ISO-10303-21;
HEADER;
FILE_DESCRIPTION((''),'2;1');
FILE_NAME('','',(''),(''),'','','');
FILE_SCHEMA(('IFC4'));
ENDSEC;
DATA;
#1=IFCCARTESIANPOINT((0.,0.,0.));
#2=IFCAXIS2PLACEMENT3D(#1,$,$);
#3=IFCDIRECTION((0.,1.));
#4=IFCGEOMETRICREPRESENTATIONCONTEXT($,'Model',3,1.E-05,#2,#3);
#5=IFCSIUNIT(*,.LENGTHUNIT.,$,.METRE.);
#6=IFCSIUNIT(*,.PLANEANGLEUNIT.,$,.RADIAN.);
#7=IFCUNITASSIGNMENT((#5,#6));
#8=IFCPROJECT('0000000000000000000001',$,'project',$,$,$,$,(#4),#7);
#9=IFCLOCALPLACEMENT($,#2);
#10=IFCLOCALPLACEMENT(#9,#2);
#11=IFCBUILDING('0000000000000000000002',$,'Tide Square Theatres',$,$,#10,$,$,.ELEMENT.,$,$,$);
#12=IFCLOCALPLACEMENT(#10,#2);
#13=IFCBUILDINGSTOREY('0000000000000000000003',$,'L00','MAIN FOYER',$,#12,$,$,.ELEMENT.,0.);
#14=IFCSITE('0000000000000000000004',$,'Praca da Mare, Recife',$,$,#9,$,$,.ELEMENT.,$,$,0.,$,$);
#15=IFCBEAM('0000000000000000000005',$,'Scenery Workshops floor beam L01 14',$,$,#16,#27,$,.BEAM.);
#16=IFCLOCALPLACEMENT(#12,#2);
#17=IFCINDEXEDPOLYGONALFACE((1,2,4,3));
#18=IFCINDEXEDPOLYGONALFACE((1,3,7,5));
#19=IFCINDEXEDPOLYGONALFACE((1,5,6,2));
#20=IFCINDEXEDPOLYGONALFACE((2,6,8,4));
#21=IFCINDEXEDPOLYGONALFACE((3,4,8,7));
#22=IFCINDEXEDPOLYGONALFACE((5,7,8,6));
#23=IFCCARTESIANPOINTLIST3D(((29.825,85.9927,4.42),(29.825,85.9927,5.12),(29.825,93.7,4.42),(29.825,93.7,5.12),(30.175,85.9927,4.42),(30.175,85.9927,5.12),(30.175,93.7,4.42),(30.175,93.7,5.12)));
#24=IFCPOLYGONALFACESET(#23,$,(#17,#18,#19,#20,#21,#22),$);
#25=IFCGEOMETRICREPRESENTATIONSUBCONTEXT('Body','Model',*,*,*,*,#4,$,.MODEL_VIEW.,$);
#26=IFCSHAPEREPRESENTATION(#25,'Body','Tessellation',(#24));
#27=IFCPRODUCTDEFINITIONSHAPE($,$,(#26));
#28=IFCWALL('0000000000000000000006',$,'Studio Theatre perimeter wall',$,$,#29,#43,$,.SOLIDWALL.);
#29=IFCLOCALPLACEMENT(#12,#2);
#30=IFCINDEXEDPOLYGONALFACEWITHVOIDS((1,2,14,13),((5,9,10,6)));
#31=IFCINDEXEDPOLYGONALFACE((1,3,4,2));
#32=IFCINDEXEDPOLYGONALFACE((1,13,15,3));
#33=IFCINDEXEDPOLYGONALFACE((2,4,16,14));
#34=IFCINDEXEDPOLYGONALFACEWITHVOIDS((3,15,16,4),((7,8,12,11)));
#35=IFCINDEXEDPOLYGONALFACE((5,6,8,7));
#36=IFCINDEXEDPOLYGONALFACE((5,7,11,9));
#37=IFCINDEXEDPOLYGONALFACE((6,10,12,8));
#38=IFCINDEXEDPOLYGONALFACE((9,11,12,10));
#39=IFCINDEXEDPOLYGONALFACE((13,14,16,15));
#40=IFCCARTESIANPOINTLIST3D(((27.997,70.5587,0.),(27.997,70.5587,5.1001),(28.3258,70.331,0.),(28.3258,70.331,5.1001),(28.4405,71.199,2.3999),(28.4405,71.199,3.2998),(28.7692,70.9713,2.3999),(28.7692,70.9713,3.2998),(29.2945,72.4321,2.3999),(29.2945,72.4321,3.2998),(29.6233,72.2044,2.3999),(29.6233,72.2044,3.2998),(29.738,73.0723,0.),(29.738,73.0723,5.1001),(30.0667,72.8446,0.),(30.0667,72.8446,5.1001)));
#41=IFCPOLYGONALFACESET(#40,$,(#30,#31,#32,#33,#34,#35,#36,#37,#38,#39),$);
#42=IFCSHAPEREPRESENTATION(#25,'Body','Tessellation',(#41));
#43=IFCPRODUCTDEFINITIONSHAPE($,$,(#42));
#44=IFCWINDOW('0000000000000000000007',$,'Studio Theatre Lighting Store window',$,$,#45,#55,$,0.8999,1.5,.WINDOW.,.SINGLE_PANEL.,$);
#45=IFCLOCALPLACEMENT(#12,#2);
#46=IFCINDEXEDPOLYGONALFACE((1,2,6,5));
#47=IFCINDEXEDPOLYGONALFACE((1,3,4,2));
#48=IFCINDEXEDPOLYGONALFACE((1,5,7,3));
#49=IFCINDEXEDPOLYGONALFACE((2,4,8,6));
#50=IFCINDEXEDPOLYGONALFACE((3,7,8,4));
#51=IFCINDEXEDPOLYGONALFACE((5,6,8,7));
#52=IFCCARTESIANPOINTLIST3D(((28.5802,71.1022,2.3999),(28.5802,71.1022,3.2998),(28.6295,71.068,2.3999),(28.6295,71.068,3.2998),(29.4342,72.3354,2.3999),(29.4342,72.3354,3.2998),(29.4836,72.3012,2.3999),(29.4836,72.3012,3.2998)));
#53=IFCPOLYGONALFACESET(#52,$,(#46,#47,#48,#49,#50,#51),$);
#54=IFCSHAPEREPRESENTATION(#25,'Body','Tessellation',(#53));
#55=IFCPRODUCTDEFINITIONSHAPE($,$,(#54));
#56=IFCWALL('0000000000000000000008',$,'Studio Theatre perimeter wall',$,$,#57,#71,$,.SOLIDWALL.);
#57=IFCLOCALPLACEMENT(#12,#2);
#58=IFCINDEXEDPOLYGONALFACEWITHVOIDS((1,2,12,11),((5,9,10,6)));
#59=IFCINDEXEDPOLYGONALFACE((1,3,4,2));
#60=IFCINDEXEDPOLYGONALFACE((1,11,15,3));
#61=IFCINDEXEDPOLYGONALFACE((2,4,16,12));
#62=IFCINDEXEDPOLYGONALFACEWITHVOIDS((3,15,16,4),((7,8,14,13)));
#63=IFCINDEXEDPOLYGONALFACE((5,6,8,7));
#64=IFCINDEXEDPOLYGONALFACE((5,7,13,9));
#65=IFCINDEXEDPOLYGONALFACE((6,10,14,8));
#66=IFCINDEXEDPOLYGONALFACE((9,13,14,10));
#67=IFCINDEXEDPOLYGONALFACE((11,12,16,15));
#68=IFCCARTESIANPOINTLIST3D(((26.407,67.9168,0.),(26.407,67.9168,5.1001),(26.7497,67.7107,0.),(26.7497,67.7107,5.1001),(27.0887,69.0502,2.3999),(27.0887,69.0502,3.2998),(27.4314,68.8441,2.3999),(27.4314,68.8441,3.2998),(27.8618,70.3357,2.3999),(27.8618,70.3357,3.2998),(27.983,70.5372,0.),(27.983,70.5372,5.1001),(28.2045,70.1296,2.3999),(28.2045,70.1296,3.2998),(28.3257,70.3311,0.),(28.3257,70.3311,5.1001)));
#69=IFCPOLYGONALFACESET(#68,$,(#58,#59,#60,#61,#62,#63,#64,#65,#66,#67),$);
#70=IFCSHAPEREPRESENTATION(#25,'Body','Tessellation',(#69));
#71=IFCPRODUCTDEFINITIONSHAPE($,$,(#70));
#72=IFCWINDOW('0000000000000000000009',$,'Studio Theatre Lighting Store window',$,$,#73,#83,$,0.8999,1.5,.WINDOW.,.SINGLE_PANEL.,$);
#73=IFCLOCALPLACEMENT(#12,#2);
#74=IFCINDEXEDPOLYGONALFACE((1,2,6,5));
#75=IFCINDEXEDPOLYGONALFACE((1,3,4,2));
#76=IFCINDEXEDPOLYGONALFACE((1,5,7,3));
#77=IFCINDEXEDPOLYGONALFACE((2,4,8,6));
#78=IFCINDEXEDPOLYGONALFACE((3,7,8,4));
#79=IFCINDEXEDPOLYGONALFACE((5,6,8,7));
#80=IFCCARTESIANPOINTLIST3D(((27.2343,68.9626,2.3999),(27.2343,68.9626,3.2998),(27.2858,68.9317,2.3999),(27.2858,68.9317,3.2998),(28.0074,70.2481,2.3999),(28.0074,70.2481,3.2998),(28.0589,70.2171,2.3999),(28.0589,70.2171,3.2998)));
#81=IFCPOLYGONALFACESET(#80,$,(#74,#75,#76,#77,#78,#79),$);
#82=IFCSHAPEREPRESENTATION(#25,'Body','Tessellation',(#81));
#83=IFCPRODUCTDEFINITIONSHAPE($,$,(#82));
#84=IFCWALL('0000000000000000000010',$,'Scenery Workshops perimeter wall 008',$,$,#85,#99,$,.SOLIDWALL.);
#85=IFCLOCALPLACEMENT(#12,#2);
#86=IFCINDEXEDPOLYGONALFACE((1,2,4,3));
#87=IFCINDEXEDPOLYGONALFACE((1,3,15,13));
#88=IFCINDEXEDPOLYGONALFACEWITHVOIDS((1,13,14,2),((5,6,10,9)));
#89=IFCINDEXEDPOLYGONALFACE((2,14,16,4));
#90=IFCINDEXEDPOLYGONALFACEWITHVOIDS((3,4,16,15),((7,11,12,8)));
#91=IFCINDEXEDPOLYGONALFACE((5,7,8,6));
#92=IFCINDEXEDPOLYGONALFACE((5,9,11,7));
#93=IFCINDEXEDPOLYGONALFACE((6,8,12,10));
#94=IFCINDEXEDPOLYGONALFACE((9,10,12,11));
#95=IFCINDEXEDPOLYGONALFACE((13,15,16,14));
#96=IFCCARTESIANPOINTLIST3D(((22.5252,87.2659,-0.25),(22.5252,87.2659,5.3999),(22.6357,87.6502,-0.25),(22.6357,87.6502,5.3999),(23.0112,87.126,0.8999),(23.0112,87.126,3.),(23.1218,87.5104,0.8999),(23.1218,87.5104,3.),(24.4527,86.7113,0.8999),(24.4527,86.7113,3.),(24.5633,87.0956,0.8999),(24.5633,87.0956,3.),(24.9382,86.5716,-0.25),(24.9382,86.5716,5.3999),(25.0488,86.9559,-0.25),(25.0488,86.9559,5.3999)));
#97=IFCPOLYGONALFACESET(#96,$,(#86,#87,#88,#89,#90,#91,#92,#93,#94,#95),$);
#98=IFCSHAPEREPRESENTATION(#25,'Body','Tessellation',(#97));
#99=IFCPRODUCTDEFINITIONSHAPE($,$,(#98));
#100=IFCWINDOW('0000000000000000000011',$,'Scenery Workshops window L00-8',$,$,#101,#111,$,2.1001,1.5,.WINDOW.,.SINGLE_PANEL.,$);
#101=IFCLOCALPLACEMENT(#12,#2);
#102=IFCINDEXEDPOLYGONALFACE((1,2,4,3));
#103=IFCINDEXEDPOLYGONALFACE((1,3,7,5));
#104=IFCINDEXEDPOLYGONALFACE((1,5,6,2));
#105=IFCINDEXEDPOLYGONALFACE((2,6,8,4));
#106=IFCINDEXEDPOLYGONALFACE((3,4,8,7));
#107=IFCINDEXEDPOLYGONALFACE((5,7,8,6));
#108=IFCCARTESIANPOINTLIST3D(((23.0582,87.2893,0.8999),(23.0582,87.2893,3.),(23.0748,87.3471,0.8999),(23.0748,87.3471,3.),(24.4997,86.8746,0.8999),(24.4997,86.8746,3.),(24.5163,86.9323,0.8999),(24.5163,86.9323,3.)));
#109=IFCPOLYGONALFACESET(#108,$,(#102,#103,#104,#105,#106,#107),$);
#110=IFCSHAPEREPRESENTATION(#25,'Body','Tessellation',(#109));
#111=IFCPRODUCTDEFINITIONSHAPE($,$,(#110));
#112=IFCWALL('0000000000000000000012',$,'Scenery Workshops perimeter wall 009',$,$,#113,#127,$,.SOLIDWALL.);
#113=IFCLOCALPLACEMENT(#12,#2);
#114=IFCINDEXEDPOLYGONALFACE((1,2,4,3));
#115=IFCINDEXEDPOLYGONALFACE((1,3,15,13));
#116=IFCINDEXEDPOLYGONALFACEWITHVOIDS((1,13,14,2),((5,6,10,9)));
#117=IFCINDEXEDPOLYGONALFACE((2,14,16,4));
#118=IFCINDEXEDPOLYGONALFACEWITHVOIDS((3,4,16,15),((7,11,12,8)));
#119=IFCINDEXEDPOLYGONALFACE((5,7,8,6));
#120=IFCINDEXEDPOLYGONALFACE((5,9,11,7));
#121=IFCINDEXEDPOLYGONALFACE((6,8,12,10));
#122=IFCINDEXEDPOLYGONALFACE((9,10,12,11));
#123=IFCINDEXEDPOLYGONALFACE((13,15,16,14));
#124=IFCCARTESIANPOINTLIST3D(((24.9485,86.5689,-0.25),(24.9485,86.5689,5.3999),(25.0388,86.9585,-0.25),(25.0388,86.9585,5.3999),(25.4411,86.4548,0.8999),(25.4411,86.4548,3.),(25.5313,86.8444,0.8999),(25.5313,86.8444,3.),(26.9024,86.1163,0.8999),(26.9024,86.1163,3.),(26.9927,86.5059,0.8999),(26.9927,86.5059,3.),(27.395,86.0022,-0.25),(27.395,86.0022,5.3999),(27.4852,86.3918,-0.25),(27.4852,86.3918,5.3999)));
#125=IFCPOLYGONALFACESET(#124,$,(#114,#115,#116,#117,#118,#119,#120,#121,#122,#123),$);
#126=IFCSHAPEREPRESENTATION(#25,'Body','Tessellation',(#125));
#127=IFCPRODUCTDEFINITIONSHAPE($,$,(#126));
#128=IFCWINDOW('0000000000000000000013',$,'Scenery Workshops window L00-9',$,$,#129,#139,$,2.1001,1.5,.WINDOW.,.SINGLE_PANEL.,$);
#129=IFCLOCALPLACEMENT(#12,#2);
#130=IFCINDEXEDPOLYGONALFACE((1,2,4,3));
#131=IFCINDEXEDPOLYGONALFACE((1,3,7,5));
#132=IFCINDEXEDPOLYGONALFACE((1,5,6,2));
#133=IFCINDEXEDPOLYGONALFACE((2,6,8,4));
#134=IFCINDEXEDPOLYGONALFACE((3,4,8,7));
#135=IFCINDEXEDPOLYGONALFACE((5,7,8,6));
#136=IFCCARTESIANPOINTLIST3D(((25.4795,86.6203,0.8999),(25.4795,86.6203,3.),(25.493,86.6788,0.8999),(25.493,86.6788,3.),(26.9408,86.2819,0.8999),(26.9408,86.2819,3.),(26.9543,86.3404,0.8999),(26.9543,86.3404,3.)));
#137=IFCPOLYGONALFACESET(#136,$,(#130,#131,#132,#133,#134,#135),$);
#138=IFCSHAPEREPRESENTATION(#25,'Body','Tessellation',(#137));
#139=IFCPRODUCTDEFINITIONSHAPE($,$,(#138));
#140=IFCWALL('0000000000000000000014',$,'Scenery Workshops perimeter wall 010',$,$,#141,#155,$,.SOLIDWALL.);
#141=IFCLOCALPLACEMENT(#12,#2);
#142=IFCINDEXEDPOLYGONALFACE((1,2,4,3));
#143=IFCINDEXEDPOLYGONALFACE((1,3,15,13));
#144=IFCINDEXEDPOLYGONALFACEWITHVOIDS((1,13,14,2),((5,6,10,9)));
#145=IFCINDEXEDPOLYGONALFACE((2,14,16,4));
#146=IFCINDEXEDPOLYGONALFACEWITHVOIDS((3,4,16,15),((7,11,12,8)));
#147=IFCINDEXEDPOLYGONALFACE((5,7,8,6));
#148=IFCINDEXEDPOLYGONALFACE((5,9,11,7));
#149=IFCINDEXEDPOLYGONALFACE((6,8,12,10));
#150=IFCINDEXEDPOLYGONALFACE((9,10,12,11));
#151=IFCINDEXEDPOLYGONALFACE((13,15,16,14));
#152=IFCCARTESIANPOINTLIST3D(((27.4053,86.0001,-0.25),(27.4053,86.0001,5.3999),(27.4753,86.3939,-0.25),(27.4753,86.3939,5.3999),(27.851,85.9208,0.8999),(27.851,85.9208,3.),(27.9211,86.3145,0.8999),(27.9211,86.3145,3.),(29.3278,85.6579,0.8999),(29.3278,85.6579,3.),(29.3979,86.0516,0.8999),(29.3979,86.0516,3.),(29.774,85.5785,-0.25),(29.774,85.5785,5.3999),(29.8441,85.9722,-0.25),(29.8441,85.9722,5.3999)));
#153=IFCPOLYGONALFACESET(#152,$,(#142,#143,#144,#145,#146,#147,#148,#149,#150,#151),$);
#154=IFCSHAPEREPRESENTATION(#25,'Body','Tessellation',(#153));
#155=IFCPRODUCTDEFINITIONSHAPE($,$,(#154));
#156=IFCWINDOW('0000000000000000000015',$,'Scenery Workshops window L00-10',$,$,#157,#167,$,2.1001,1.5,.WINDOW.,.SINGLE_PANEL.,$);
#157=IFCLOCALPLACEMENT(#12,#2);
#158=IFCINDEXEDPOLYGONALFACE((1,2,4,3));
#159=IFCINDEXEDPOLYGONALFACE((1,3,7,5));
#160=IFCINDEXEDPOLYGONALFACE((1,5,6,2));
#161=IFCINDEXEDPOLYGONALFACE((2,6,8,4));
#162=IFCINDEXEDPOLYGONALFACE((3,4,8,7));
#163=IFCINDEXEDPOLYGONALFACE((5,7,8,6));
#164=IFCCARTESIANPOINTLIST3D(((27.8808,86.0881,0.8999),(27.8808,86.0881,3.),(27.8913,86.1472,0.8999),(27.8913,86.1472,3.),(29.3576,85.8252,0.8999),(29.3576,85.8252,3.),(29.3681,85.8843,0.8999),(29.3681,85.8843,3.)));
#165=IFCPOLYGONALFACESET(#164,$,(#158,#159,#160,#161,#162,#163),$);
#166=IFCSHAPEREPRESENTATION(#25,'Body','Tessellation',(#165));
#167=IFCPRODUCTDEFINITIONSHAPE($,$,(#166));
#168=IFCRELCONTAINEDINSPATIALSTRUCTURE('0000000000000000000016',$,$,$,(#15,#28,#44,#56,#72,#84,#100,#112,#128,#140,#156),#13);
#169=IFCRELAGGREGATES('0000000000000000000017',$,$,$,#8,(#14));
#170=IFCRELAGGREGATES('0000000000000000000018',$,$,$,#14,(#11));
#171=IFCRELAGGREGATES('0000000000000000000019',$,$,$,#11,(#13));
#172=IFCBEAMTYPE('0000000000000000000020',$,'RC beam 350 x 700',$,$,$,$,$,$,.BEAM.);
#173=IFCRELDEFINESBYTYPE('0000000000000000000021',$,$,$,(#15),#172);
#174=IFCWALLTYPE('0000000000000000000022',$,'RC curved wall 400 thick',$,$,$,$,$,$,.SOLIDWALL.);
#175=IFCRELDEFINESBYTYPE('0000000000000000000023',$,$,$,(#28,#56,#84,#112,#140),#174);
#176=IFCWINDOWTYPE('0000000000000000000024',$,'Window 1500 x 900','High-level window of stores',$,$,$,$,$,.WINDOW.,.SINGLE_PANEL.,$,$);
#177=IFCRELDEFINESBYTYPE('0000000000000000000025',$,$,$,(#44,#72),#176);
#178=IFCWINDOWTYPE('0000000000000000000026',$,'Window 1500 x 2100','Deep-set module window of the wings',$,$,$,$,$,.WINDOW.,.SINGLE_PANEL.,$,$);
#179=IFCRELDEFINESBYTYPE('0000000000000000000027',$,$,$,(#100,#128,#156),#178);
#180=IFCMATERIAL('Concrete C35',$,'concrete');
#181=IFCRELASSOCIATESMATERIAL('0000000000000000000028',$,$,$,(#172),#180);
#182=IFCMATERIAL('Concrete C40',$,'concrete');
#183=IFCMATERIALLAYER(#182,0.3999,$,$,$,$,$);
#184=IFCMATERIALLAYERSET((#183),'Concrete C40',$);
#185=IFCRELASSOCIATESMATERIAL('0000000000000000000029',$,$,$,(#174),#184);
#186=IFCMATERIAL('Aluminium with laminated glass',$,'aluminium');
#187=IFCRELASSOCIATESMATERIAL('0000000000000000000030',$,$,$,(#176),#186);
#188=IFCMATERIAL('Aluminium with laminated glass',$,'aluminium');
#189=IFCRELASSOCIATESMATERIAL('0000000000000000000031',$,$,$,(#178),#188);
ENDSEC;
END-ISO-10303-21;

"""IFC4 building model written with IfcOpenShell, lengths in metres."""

from ifc_helpers import new_model, si_unit, direction, frame, frame_2d, origin, origin_2d, place, context, subcontext, project, spatial, rectangle, extrude, material, layer, layer_set, material_profile, profile_set, type_object, element, fill, save


model = new_model("IFC4")

# Units and contexts
model_context = context("Model", 3, precision=1e-05, world=origin(), true_north=direction((0.0, 1.0)))
body_context = subcontext(model_context, "Body", "Model", "MODEL_VIEW")
ifc_project = project(units=[si_unit("LENGTHUNIT", "METRE"), si_unit("PLANEANGLEUNIT", "RADIAN")], contexts=[model_context])

# Site, building, storey
site_placement = place(None, origin())
site = spatial("IfcSite", under=ifc_project, at=site_placement, Name="Praca da Mare, Recife", CompositionType="ELEMENT", RefElevation=0.0)
building_placement = place(site_placement, origin())
building = spatial("IfcBuilding", under=site, at=building_placement, Name="Tide Square Theatres", CompositionType="ELEMENT")
storey_placement = place(building_placement, origin())
storey = spatial("IfcBuildingStorey", under=building, at=storey_placement, Name="L00", Description="MAIN FOYER", CompositionType="ELEMENT", Elevation=0.0)

# Beam
ifc_material_1 = material(Name="Concrete C35", Category="concrete")
ifc_material_profile_1 = material_profile(ifc_material_1, rectangle(XDim=0.3501, YDim=0.7, at=origin_2d()))
ifc_profile_set_1 = profile_set([ifc_material_profile_1], Name="Concrete C35")
beam_type = type_object("IfcBeamType", Name="RC beam 350 x 700", PredefinedType="BEAM", material=ifc_profile_set_1)
beam_placement = place(storey_placement, frame((30.0, 85.9927, 4.77), z_axis=(0.0, 1.0, 0.0), x_axis=(-1.0, 0.0, 0.0)))
element("IfcBeam", 1, at=beam_placement, inside=storey, type_object=beam_type, Name="Scenery Workshops floor beam L01 14", PredefinedType="BEAM", context=body_context, shape_type="SweptSolid", body=[
    extrude(rectangle(XDim=0.3501, YDim=0.7, at=origin_2d()), origin(), (0.0, 0.0, 1.0), 7.7073),
])

# Walls, openings, windows
ifc_material_2 = material(Name="Concrete C40", Category="concrete")
ifc_layer = layer(ifc_material_2, 0.3999)
ifc_layer_set = layer_set([ifc_layer], Name="Concrete C40")
wall_type = type_object("IfcWallType", Name="RC curved wall 400 thick", PredefinedType="SOLIDWALL", material=ifc_layer_set)
wall_1_placement = place(storey_placement, frame((29.9023, 72.9585, 0.0), z_axis=(0.0, 0.0, 1.0), x_axis=(-0.569372, -0.82208, 0.0)))
wall_1 = element("IfcWall", 2, at=wall_1_placement, inside=storey, type_object=wall_type, Name="Studio Theatre perimeter wall", PredefinedType="SOLIDWALL", context=body_context, shape_type="SweptSolid", body=[
    extrude(rectangle(XDim=3.0576, YDim=0.3999, at=frame_2d((1.5288, 0.0))), origin(), (0.0, 0.0, 1.0), 5.1001),
])
opening_1_placement = place(wall_1_placement, frame((0.7788, 0.0, 2.3999)))
opening_1 = element("IfcOpeningElement", 3, at=opening_1_placement, cuts=wall_1, PredefinedType="OPENING", context=body_context, shape_type="SweptSolid", body=[
    extrude(rectangle(XDim=1.5, YDim=0.8999, at=frame_2d((0.75, 0.45))), frame((0.0, 0.21, 0.0), z_axis=(0.0, -1.0, 0.0), x_axis=(1.0, 0.0, 0.0)), (0.0, 0.0, 1.0), 0.4199),
])
ifc_material_3 = material(Name="Aluminium with laminated glass", Category="aluminium")
window_type_1 = type_object("IfcWindowType", Name="Window 1500 x 900", Description="High-level window of stores", PartitioningType="SINGLE_PANEL", PredefinedType="WINDOW", material=ifc_material_3)
window_1_placement = place(opening_1_placement, origin())
window_1 = element("IfcWindow", 4, at=window_1_placement, inside=storey, type_object=window_type_1, Name="Studio Theatre Lighting Store window", OverallHeight=0.8999, OverallWidth=1.5, PartitioningType="SINGLE_PANEL", PredefinedType="WINDOW", context=body_context, shape_type="SweptSolid", body=[
    extrude(rectangle(XDim=1.5, YDim=0.8999, at=frame_2d((0.75, 0.45))), frame((0.0, 0.03, 0.0), z_axis=(0.0, -1.0, 0.0), x_axis=(1.0, 0.0, 0.0)), (0.0, 0.0, 1.0), 0.0601),
])
fill(opening_1, window_1)
wall_2_placement = place(storey_placement, frame((28.1543, 70.4341, 0.0), z_axis=(0.0, 0.0, 1.0), x_axis=(-0.515388, -0.856957, 0.0)))
wall_2 = element("IfcWall", 5, at=wall_2_placement, inside=storey, type_object=wall_type, Name="Studio Theatre perimeter wall", PredefinedType="SOLIDWALL", context=body_context, shape_type="SweptSolid", body=[
    extrude(rectangle(XDim=3.0579, YDim=0.3999, at=frame_2d((1.5288, 0.0))), origin(), (0.0, 0.0, 1.0), 5.1001),
])
opening_2_placement = place(wall_2_placement, frame((0.2351, 0.0, 2.3999)))
opening_2 = element("IfcOpeningElement", 6, at=opening_2_placement, cuts=wall_2, PredefinedType="OPENING", context=body_context, shape_type="SweptSolid", body=[
    extrude(rectangle(XDim=1.5, YDim=0.8999, at=frame_2d((0.75, 0.45))), frame((0.0, 0.21, 0.0), z_axis=(0.0, -1.0, 0.0), x_axis=(1.0, 0.0, 0.0)), (0.0, 0.0, 1.0), 0.4199),
])
window_2_placement = place(opening_2_placement, origin())
window_2 = element("IfcWindow", 7, at=window_2_placement, inside=storey, type_object=window_type_1, Name="Studio Theatre Lighting Store window", OverallHeight=0.8999, OverallWidth=1.5, PartitioningType="SINGLE_PANEL", PredefinedType="WINDOW", context=body_context, shape_type="SweptSolid", body=[
    extrude(rectangle(XDim=1.5, YDim=0.8999, at=frame_2d((0.75, 0.45))), frame((0.0, 0.03, 0.0), z_axis=(0.0, -1.0, 0.0), x_axis=(1.0, 0.0, 0.0)), (0.0, 0.0, 1.0), 0.0601),
])
fill(opening_2, window_2)
wall_3_placement = place(storey_placement, frame((22.5806, 87.458, -0.25), z_axis=(0.0, 0.0, 1.0), x_axis=(0.961009, -0.276518, 0.0)))
wall_3 = element("IfcWall", 8, at=wall_3_placement, inside=storey, type_object=wall_type, Name="Scenery Workshops perimeter wall 008", PredefinedType="SOLIDWALL", context=body_context, shape_type="SweptSolid", body=[
    extrude(rectangle(XDim=2.511, YDim=0.3999, at=frame_2d((1.2554, 0.0))), origin(), (0.0, 0.0, 1.0), 5.6499),
])
opening_3_placement = place(wall_3_placement, frame((0.5056, 0.0, 1.1499)))
opening_3 = element("IfcOpeningElement", 9, at=opening_3_placement, cuts=wall_3, PredefinedType="OPENING", context=body_context, shape_type="SweptSolid", body=[
    extrude(rectangle(XDim=1.5, YDim=2.1001, at=frame_2d((0.75, 1.05))), frame((0.0, 0.21, 0.0), z_axis=(0.0, -1.0, 0.0), x_axis=(1.0, 0.0, 0.0)), (0.0, 0.0, 1.0), 0.4199),
])
ifc_material_4 = material(Name="Aluminium with laminated glass", Category="aluminium")
window_type_2 = type_object("IfcWindowType", Name="Window 1500 x 2100", Description="Deep-set module window of the wings", PartitioningType="SINGLE_PANEL", PredefinedType="WINDOW", material=ifc_material_4)
window_3_placement = place(opening_3_placement, origin())
window_3 = element("IfcWindow", 10, at=window_3_placement, inside=storey, type_object=window_type_2, Name="Scenery Workshops window L00-8", OverallHeight=2.1001, OverallWidth=1.5, PartitioningType="SINGLE_PANEL", PredefinedType="WINDOW", context=body_context, shape_type="SweptSolid", body=[
    extrude(rectangle(XDim=1.5, YDim=2.1001, at=frame_2d((0.75, 1.05))), frame((0.0, 0.03, 0.0), z_axis=(0.0, -1.0, 0.0), x_axis=(1.0, 0.0, 0.0)), (0.0, 0.0, 1.0), 0.0601),
])
fill(opening_3, window_3)
wall_4_placement = place(storey_placement, frame((24.9937, 86.7637, -0.25), z_axis=(0.0, 0.0, 1.0), x_axis=(0.974211, -0.22564, 0.0)))
wall_4 = element("IfcWall", 11, at=wall_4_placement, inside=storey, type_object=wall_type, Name="Scenery Workshops perimeter wall 009", PredefinedType="SOLIDWALL", context=body_context, shape_type="SweptSolid", body=[
    extrude(rectangle(XDim=2.5112, YDim=0.3999, at=frame_2d((1.2556, 0.0))), origin(), (0.0, 0.0, 1.0), 5.6499),
])
opening_4_placement = place(wall_4_placement, frame((0.5056, 0.0, 1.1499)))
opening_4 = element("IfcOpeningElement", 12, at=opening_4_placement, cuts=wall_4, PredefinedType="OPENING", context=body_context, shape_type="SweptSolid", body=[
    extrude(rectangle(XDim=1.5, YDim=2.1001, at=frame_2d((0.75, 1.05))), frame((0.0, 0.21, 0.0), z_axis=(0.0, -1.0, 0.0), x_axis=(1.0, 0.0, 0.0)), (0.0, 0.0, 1.0), 0.4199),
])
window_4_placement = place(opening_4_placement, origin())
window_4 = element("IfcWindow", 13, at=window_4_placement, inside=storey, type_object=window_type_2, Name="Scenery Workshops window L00-9", OverallHeight=2.1001, OverallWidth=1.5, PartitioningType="SINGLE_PANEL", PredefinedType="WINDOW", context=body_context, shape_type="SweptSolid", body=[
    extrude(rectangle(XDim=1.5, YDim=2.1001, at=frame_2d((0.75, 1.05))), frame((0.0, 0.03, 0.0), z_axis=(0.0, -1.0, 0.0), x_axis=(1.0, 0.0, 0.0)), (0.0, 0.0, 1.0), 0.0601),
])
fill(opening_4, window_4)
wall_5_placement = place(storey_placement, frame((27.4402, 86.197, -0.25), z_axis=(0.0, 0.0, 1.0), x_axis=(0.984524, -0.17525, 0.0)))
wall_5 = element("IfcWall", 14, at=wall_5_placement, inside=storey, type_object=wall_type, Name="Scenery Workshops perimeter wall 010", PredefinedType="SOLIDWALL", context=body_context, shape_type="SweptSolid", body=[
    extrude(rectangle(XDim=2.406, YDim=0.3999, at=frame_2d((1.2031, 0.0))), origin(), (0.0, 0.0, 1.0), 5.6499),
])
opening_5_placement = place(wall_5_placement, frame((0.4529, 0.0, 1.1499)))
opening_5 = element("IfcOpeningElement", 15, at=opening_5_placement, cuts=wall_5, PredefinedType="OPENING", context=body_context, shape_type="SweptSolid", body=[
    extrude(rectangle(XDim=1.5, YDim=2.1001, at=frame_2d((0.75, 1.05))), frame((0.0, 0.21, 0.0), z_axis=(0.0, -1.0, 0.0), x_axis=(1.0, 0.0, 0.0)), (0.0, 0.0, 1.0), 0.4199),
])
window_5_placement = place(opening_5_placement, origin())
window_5 = element("IfcWindow", 16, at=window_5_placement, inside=storey, type_object=window_type_2, Name="Scenery Workshops window L00-10", OverallHeight=2.1001, OverallWidth=1.5, PartitioningType="SINGLE_PANEL", PredefinedType="WINDOW", context=body_context, shape_type="SweptSolid", body=[
    extrude(rectangle(XDim=1.5, YDim=2.1001, at=frame_2d((0.75, 1.05))), frame((0.0, 0.03, 0.0), z_axis=(0.0, -1.0, 0.0), x_axis=(1.0, 0.0, 0.0)), (0.0, 0.0, 1.0), 0.0601),
])
fill(opening_5, window_5)

save(model, "model.ifc")
